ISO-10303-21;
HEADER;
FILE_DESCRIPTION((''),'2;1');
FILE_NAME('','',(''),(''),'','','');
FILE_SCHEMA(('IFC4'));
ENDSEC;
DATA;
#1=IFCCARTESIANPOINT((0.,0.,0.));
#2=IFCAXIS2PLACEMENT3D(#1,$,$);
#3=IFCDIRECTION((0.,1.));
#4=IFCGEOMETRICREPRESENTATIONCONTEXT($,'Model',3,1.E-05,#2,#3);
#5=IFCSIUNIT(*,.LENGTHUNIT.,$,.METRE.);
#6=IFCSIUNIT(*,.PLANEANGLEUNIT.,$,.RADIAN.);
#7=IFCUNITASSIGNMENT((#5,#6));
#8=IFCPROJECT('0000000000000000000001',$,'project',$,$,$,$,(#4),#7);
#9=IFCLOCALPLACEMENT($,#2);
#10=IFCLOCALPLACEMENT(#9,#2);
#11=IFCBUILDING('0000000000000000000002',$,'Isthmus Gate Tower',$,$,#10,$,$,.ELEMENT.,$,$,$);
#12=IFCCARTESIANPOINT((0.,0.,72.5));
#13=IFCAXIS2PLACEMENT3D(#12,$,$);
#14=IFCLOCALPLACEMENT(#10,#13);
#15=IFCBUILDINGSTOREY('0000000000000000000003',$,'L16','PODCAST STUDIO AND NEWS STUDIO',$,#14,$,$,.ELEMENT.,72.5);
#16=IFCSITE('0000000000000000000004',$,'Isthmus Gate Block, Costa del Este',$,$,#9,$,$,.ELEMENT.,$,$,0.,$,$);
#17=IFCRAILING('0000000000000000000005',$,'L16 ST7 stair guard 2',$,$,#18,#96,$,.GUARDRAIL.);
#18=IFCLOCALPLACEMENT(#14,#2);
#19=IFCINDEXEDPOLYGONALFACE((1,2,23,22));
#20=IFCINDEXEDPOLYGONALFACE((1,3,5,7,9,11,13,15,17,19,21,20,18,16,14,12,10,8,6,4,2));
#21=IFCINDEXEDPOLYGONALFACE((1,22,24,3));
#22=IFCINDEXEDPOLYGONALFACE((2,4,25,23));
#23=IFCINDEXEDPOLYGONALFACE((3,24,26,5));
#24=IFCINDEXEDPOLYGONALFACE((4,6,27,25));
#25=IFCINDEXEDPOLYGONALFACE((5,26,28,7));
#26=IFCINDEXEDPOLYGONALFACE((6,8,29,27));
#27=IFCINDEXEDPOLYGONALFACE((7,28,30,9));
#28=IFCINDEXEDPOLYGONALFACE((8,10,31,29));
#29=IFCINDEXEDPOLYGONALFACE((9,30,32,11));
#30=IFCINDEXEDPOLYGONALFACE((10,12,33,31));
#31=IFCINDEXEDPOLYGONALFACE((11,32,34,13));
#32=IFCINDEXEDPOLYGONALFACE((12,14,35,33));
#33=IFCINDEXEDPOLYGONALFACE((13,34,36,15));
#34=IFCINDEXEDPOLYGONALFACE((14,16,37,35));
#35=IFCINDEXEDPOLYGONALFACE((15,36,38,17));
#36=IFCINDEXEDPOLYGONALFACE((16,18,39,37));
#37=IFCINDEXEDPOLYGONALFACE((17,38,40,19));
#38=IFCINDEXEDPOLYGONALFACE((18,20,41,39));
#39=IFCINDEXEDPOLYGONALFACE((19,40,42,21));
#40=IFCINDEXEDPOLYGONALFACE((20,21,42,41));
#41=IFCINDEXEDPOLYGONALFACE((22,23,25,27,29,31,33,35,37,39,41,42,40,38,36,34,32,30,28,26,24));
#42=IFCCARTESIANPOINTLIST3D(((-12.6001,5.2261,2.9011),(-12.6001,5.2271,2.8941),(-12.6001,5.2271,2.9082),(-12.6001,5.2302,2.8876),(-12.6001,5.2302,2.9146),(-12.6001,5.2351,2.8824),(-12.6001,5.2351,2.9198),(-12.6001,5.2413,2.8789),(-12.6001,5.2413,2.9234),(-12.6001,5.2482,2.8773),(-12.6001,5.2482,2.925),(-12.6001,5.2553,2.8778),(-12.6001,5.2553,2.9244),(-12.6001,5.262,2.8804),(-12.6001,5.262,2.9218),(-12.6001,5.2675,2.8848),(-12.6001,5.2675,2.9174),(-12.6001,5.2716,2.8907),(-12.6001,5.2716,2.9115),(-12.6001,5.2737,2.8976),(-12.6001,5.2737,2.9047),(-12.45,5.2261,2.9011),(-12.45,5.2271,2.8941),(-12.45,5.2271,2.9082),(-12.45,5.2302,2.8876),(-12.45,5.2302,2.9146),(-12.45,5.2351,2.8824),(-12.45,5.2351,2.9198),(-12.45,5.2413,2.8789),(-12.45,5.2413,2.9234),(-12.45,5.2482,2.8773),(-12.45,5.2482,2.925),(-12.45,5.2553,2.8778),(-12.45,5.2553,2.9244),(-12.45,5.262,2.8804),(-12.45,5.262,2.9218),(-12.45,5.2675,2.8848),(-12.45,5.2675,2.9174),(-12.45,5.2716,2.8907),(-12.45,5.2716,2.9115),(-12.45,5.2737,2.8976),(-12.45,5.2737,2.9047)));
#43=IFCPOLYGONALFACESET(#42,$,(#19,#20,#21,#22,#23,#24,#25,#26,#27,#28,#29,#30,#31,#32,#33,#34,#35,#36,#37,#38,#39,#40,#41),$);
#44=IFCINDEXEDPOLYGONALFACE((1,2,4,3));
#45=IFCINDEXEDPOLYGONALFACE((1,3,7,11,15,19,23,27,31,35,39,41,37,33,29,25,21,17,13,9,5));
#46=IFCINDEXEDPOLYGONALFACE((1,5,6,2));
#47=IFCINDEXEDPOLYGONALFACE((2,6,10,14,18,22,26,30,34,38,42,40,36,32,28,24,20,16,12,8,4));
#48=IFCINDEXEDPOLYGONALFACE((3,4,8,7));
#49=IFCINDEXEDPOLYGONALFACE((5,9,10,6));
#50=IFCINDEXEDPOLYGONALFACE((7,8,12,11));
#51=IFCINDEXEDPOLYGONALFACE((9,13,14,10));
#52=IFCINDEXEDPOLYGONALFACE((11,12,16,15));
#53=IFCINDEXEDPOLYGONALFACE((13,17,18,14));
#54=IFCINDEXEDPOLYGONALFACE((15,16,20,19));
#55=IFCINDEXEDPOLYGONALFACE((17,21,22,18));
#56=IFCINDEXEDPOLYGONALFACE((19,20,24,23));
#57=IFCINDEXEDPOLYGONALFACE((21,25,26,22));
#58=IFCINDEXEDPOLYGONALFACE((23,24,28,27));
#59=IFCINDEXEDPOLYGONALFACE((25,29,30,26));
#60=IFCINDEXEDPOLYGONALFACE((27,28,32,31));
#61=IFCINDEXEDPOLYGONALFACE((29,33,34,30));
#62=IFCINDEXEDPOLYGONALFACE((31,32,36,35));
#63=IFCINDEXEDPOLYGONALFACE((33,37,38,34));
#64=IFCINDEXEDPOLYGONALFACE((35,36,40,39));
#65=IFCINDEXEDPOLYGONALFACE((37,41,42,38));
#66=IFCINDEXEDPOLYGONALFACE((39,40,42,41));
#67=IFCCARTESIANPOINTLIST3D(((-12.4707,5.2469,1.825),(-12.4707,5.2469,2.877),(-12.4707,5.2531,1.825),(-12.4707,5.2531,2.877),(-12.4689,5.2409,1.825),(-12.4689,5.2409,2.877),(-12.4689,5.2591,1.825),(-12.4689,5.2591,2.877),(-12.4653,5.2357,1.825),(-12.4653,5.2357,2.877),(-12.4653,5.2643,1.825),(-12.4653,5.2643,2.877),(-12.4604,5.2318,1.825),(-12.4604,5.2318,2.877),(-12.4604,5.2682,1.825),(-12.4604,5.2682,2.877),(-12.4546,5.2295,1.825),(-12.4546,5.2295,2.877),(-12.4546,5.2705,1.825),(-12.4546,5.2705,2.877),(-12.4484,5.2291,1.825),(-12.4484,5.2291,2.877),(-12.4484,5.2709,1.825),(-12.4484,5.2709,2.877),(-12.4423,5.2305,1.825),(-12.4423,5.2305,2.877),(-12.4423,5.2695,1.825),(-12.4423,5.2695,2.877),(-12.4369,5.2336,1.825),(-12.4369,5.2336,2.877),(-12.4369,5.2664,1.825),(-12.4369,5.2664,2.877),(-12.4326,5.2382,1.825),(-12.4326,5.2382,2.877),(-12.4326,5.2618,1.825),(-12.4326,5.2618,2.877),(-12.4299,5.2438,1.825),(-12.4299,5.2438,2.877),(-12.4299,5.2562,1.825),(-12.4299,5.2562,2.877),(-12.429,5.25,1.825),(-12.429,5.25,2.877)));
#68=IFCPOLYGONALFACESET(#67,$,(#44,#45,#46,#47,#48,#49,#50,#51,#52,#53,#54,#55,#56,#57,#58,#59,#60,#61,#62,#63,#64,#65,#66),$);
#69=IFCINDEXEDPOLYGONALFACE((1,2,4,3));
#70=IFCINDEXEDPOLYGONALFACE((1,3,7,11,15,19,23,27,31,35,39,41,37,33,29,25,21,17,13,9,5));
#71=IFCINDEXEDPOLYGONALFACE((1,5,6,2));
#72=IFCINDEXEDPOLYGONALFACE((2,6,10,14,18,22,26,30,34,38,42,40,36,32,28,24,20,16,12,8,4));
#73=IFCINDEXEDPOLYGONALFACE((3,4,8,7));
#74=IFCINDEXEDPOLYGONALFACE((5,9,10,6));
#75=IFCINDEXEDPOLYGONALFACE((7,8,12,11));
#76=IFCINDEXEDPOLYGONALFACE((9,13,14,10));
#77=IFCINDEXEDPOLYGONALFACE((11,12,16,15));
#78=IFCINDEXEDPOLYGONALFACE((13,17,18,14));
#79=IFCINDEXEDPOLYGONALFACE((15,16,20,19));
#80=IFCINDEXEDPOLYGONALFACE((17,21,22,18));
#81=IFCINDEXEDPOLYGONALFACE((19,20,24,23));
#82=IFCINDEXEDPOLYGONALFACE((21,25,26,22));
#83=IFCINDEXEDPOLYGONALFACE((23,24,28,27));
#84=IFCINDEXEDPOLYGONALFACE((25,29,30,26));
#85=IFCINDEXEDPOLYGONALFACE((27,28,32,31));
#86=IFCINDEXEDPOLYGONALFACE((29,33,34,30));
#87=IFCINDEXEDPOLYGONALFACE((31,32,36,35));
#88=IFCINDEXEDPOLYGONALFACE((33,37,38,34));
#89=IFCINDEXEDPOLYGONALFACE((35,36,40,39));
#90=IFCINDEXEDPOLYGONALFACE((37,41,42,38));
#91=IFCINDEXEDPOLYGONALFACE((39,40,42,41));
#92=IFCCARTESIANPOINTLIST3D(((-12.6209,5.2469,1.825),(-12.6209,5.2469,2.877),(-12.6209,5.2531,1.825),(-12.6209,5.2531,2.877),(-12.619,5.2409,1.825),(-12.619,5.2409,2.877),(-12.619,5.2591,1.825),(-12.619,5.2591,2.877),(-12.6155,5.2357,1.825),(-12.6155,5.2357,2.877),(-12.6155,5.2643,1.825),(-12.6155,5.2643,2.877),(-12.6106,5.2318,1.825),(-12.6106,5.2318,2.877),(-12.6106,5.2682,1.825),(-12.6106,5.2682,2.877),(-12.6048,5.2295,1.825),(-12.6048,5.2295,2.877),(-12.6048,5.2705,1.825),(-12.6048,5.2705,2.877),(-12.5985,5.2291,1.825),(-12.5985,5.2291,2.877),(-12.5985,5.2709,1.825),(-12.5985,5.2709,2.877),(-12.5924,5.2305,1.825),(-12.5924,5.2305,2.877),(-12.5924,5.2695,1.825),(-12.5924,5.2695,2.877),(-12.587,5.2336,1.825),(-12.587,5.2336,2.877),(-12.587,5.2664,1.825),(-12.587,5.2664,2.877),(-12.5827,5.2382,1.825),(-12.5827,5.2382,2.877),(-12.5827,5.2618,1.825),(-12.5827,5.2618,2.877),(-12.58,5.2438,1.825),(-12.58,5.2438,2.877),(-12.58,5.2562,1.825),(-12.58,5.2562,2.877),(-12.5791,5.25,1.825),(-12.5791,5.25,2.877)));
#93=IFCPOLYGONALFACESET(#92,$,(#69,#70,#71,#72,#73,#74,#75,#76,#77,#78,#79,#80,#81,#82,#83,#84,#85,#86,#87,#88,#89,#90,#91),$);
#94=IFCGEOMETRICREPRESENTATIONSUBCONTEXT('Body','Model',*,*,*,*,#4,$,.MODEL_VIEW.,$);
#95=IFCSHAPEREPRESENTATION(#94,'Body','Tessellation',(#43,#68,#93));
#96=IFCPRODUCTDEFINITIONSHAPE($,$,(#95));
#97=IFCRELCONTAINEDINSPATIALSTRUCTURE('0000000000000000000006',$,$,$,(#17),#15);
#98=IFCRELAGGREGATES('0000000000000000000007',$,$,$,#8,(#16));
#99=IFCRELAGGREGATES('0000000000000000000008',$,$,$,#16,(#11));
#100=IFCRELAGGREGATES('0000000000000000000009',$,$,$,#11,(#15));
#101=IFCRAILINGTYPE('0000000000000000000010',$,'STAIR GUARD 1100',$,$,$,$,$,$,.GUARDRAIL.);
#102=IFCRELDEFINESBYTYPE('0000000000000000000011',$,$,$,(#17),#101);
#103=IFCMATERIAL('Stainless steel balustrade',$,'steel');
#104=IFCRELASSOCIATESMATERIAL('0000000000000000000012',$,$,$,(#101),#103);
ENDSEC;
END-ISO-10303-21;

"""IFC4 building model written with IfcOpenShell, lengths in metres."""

from ifc_helpers import new_model, si_unit, direction, frame, origin, origin_2d, place, context, subcontext, project, spatial, circle, extrude, material, type_object, element, save


model = new_model("IFC4")

# Units and contexts
model_context = context("Model", 3, precision=1e-05, world=origin(), true_north=direction((0.0, 1.0)))
body_context = subcontext(model_context, "Body", "Model", "MODEL_VIEW")
ifc_project = project(units=[si_unit("LENGTHUNIT", "METRE"), si_unit("PLANEANGLEUNIT", "RADIAN")], contexts=[model_context])

# Site, building, storey
site_placement = place(None, origin())
site = spatial("IfcSite", under=ifc_project, at=site_placement, Name="Isthmus Gate Block, Costa del Este", CompositionType="ELEMENT", RefElevation=0.0)
building_placement = place(site_placement, origin())
building = spatial("IfcBuilding", under=site, at=building_placement, Name="Isthmus Gate Tower", CompositionType="ELEMENT")
storey_placement = place(building_placement, frame((0.0, 0.0, 72.5)))
storey = spatial("IfcBuildingStorey", under=building, at=storey_placement, Name="L16", Description="PODCAST STUDIO AND NEWS STUDIO", CompositionType="ELEMENT", Elevation=72.5)

# Railing
ifc_material_1 = material(Name="Stainless steel balustrade", Category="steel")
railing_type_1 = type_object("IfcRailingType", Name="STAIR GUARD 1100", PredefinedType="GUARDRAIL", material=ifc_material_1)
railing_1_placement = place(storey_placement, frame((-12.45, 5.25, 1.825)))
element("IfcRailing", 1, at=railing_1_placement, inside=storey, type_object=railing_type_1, Name="L16 ST7 stair guard 2", PredefinedType="GUARDRAIL", context=body_context, shape_type="SweptSolid", body=[
    extrude(circle(Radius=0.0239, at=origin_2d()), frame((0.0, 0.0, 1.0762), z_axis=(-1.0, 0.0, 0.0), x_axis=(0.0, -1.0, 0.0)), (0.0, 0.0, 1.0), 0.1501),
    extrude(circle(Radius=0.021, at=origin_2d()), origin(), (0.0, 0.0, 1.0), 1.052),
    extrude(circle(Radius=0.021, at=origin_2d()), frame((-0.1501, 0.0, 0.0)), (0.0, 0.0, 1.0), 1.052),
])

save(model, "model.ifc")
